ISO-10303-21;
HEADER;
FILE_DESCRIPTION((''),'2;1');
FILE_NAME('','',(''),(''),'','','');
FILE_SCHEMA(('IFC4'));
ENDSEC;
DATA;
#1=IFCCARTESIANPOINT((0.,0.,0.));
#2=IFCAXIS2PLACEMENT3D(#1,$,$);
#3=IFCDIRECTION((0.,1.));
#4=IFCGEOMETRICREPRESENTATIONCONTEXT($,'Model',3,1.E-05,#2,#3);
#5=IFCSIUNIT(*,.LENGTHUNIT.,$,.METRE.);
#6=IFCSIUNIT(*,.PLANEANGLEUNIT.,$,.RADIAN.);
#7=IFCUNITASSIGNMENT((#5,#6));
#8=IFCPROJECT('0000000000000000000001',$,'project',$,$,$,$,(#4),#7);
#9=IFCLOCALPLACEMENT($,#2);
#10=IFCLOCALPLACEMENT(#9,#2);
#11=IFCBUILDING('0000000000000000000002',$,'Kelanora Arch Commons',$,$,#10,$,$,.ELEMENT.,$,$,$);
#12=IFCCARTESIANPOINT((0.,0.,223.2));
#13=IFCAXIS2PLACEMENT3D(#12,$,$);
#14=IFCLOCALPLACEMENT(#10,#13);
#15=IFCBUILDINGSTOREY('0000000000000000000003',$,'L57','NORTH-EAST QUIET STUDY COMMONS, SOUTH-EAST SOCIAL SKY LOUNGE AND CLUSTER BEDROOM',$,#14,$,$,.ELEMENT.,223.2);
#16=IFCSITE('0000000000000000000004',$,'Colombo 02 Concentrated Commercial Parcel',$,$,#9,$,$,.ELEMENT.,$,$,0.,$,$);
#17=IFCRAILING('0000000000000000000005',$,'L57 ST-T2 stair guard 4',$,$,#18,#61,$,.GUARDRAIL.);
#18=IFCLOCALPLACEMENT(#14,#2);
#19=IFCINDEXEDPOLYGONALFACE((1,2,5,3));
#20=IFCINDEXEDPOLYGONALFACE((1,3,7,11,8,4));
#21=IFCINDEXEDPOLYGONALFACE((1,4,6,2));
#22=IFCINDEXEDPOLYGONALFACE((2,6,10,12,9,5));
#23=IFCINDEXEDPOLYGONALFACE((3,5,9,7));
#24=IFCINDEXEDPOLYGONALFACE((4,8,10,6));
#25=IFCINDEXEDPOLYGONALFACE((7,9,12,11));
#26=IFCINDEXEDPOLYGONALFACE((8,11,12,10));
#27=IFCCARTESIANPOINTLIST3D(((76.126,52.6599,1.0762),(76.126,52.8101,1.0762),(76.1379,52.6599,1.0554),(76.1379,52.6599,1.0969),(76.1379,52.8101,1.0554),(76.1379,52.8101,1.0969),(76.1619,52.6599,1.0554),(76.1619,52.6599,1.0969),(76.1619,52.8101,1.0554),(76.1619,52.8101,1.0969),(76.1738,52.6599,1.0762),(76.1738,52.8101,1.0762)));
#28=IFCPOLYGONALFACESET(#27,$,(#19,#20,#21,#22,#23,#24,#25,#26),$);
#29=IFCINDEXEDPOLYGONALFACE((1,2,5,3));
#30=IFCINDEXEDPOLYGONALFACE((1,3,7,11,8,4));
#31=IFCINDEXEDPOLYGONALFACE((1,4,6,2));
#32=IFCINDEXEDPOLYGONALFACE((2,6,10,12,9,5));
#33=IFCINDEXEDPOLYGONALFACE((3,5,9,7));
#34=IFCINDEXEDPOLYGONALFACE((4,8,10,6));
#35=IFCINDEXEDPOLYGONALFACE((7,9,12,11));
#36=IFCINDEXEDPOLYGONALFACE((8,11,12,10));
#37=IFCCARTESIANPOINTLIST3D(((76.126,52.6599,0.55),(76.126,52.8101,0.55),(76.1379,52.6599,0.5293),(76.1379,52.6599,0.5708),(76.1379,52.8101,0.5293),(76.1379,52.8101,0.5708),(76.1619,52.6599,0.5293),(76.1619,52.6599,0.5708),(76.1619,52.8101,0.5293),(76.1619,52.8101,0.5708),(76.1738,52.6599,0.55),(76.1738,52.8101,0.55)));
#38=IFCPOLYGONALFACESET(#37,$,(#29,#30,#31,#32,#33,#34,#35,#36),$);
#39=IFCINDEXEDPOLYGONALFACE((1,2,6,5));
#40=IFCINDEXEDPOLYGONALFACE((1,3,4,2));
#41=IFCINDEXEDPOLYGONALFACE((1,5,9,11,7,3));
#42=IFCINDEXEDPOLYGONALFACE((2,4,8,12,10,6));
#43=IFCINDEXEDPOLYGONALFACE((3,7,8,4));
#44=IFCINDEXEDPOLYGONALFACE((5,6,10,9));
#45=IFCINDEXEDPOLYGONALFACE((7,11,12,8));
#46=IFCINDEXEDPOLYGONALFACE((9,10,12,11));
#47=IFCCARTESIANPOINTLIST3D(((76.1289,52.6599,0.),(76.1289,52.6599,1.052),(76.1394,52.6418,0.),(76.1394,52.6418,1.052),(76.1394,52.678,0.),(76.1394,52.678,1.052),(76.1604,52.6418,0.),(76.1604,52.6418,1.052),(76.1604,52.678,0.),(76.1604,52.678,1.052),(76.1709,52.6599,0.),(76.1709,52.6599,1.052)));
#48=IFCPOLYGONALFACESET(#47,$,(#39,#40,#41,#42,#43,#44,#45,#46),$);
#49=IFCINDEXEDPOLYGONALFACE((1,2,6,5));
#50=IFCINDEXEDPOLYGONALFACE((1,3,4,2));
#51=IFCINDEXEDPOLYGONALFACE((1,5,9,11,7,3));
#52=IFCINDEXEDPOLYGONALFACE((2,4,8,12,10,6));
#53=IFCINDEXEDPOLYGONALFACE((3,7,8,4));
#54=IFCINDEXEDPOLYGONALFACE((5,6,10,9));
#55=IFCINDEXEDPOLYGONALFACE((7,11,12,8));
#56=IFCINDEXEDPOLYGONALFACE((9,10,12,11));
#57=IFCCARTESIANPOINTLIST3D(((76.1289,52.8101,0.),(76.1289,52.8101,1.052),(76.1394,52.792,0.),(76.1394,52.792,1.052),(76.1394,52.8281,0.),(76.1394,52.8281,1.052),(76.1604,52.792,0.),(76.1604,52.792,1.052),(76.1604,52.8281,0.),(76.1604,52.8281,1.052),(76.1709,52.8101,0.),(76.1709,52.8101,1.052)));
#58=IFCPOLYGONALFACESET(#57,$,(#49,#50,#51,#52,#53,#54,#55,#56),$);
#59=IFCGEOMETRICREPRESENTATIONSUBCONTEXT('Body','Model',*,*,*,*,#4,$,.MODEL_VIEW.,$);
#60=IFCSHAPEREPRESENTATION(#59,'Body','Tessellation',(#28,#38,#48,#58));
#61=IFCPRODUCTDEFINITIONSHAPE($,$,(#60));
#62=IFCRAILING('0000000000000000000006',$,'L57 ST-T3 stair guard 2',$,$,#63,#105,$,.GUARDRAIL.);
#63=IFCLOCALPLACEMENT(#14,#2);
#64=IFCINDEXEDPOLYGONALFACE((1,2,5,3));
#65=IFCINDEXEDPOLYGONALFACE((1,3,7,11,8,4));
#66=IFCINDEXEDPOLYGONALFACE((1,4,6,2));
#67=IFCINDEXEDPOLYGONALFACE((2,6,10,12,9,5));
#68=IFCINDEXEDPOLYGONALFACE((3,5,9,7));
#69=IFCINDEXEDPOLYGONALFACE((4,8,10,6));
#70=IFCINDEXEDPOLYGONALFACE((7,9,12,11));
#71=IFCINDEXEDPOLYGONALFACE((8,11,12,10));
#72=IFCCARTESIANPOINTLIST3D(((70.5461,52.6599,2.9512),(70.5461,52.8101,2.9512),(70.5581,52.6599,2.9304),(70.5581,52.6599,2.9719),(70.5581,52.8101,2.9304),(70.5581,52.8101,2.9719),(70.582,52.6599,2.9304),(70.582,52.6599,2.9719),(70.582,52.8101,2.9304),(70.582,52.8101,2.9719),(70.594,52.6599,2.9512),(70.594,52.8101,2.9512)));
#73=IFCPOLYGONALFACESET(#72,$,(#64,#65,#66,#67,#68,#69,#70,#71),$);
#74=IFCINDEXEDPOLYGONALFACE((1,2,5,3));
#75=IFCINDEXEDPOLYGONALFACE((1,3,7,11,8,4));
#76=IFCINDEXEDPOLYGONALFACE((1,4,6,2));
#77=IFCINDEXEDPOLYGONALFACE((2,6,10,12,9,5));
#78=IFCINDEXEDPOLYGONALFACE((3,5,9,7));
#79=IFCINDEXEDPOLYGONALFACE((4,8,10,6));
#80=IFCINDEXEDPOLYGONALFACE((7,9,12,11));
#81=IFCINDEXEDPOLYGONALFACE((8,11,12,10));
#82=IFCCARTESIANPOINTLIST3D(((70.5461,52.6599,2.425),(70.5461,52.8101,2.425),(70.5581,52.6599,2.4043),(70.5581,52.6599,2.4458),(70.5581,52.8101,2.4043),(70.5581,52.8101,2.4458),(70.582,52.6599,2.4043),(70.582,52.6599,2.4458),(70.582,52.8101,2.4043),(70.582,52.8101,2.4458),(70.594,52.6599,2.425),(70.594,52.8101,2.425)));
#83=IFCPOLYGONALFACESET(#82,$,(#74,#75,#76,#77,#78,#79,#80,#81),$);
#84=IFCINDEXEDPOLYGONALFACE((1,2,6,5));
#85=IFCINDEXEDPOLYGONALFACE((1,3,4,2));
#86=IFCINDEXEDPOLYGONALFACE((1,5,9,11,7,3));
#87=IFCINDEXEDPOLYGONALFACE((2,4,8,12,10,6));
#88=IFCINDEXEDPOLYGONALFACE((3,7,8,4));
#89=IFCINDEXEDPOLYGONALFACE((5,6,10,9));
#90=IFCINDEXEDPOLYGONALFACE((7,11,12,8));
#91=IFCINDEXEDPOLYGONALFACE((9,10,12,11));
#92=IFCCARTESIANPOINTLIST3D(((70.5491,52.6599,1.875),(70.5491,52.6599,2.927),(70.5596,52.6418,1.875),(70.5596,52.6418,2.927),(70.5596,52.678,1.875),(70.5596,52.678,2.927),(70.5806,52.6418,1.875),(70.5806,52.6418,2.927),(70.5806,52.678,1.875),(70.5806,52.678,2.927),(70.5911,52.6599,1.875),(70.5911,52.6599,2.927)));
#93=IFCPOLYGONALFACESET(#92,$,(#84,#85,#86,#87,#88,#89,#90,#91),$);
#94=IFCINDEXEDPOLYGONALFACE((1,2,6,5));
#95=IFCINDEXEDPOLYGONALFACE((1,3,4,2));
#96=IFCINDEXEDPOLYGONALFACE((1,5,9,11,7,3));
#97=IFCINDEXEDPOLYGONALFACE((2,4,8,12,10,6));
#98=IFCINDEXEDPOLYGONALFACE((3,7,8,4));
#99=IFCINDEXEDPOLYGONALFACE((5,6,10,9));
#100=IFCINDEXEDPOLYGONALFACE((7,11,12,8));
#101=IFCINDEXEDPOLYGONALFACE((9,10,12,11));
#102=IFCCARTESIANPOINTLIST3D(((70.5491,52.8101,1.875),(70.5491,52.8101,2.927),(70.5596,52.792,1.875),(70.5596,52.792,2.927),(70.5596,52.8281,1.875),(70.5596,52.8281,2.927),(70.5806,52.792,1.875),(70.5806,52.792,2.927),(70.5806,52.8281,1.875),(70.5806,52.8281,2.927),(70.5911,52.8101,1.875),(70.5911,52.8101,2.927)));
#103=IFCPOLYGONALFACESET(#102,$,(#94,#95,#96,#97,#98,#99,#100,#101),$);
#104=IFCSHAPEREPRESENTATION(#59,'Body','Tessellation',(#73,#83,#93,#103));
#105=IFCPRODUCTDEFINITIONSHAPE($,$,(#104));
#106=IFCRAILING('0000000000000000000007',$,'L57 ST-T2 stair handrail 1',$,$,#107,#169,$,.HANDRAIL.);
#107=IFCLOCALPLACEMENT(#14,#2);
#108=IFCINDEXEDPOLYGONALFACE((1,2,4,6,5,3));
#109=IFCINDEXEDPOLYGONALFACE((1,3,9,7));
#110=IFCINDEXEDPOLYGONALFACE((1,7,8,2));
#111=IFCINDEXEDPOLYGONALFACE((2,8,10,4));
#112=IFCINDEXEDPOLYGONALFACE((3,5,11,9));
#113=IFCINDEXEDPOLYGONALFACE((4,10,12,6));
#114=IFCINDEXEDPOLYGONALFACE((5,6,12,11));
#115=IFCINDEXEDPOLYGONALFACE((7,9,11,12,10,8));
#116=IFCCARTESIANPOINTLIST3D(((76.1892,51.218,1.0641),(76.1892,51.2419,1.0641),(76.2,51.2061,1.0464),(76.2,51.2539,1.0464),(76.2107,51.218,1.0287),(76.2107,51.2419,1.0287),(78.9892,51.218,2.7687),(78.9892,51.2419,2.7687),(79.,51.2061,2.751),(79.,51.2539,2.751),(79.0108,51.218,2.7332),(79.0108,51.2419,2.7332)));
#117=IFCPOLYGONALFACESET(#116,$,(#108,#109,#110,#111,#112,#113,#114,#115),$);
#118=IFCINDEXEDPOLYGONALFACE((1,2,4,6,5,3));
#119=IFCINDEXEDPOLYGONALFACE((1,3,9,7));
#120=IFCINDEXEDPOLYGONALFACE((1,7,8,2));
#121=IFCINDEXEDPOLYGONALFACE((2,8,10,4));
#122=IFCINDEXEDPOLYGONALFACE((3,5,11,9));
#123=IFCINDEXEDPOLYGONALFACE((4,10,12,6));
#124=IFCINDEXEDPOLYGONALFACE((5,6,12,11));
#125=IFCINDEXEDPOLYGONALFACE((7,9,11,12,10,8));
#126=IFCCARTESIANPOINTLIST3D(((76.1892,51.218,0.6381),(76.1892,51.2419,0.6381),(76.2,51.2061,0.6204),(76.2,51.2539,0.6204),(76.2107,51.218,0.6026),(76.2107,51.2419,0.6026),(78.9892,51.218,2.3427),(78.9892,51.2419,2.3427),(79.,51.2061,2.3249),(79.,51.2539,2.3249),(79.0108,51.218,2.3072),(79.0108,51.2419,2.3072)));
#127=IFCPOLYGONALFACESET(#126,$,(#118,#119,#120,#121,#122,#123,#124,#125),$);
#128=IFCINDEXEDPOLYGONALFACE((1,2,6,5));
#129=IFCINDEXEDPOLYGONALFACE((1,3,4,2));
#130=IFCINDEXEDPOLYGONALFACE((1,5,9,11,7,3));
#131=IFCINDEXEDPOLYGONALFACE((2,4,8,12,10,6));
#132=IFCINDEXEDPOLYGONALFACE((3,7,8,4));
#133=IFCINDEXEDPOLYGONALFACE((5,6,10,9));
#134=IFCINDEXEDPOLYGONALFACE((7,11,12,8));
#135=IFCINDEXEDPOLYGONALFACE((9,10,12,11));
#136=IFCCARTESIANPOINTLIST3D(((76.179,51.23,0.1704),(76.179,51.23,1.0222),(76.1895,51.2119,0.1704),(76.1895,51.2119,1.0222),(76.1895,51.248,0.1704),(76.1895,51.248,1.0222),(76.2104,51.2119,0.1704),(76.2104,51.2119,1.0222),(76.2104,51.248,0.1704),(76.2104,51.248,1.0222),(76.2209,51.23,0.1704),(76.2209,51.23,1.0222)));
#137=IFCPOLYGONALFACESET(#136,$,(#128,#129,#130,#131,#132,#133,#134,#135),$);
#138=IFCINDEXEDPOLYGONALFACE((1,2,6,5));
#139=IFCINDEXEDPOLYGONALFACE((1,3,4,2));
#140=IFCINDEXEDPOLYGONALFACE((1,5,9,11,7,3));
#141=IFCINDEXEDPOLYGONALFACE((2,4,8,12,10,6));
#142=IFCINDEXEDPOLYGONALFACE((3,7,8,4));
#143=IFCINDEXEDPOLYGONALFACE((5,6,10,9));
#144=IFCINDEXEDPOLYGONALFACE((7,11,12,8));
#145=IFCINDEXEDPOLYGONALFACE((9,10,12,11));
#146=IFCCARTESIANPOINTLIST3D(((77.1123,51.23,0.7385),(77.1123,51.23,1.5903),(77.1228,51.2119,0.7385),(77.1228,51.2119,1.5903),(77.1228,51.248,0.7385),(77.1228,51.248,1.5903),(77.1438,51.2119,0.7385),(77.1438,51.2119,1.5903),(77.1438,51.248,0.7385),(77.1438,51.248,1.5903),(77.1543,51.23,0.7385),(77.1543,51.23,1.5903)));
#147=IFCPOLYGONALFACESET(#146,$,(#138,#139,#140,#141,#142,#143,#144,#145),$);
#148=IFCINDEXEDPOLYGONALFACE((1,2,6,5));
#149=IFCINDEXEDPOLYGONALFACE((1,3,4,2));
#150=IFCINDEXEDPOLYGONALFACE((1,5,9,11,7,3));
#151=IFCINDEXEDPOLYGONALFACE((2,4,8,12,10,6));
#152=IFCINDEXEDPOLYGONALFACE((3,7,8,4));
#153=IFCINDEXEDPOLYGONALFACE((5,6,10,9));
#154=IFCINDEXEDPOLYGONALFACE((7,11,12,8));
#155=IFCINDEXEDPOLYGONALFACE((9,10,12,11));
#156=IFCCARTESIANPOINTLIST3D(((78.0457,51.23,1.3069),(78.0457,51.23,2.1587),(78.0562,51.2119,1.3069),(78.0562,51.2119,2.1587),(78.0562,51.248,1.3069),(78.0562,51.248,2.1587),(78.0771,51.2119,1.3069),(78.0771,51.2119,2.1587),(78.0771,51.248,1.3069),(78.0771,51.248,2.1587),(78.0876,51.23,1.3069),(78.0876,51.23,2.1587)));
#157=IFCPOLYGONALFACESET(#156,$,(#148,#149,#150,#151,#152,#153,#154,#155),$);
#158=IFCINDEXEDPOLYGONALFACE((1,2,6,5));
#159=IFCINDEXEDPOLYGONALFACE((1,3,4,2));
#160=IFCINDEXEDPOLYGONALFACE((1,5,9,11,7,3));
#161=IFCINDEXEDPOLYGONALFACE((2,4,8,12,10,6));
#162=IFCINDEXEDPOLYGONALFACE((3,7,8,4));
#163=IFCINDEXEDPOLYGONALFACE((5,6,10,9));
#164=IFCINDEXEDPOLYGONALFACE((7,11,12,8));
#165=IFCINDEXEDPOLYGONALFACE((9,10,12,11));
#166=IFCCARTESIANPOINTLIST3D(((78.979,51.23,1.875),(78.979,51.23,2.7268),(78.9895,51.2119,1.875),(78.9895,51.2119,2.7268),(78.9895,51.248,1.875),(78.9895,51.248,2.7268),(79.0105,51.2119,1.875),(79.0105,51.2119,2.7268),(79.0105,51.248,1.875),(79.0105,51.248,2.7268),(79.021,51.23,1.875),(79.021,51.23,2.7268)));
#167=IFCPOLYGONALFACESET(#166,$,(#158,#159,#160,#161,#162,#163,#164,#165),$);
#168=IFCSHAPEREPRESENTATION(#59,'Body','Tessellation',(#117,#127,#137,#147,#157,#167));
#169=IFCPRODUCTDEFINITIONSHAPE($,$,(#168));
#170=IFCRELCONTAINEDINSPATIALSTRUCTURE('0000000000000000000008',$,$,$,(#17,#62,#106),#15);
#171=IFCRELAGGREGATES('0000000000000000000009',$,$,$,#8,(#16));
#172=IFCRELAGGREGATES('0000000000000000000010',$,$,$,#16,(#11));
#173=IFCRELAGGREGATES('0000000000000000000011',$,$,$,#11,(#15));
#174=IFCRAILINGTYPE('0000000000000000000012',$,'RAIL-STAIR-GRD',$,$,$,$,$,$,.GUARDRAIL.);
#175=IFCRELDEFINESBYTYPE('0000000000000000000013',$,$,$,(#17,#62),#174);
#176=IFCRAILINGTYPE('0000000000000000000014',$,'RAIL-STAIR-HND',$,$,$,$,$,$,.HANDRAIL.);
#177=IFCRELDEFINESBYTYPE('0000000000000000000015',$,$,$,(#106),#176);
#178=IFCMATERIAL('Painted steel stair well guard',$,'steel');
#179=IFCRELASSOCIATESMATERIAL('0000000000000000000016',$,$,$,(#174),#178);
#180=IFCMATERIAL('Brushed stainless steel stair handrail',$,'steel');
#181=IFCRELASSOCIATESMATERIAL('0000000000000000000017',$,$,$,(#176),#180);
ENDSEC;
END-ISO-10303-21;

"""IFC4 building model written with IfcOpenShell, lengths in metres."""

from ifc_helpers import new_model, si_unit, direction, frame, origin, place, context, subcontext, project, spatial, polyline, outline, extrude, material, type_object, element, save


model = new_model("IFC4")

# Units and contexts
model_context = context("Model", 3, precision=1e-05, world=origin(), true_north=direction((0.0, 1.0)))
body_context = subcontext(model_context, "Body", "Model", "MODEL_VIEW")
ifc_project = project(units=[si_unit("LENGTHUNIT", "METRE"), si_unit("PLANEANGLEUNIT", "RADIAN")], contexts=[model_context])

# Site, building, storey
site_placement = place(None, origin())
site = spatial("IfcSite", under=ifc_project, at=site_placement, Name="Colombo 02 Concentrated Commercial Parcel", CompositionType="ELEMENT", RefElevation=0.0)
building_placement = place(site_placement, origin())
building = spatial("IfcBuilding", under=site, at=building_placement, Name="Kelanora Arch Commons", CompositionType="ELEMENT")
storey_placement = place(building_placement, frame((0.0, 0.0, 223.2)))
storey = spatial("IfcBuildingStorey", under=building, at=storey_placement, Name="L57", Description="NORTH-EAST QUIET STUDY COMMONS, SOUTH-EAST SOCIAL SKY LOUNGE AND CLUSTER BEDROOM", CompositionType="ELEMENT", Elevation=223.2)

# Railings
ifc_material_1 = material(Name="Painted steel stair well guard", Category="steel")
railing_type_1 = type_object("IfcRailingType", Name="RAIL-STAIR-GRD", PredefinedType="GUARDRAIL", material=ifc_material_1)
for number, where, name in (
    (1, (76.1499, 52.6599, 0.0), "L57 ST-T2 stair guard 4"),
    (2, (70.5701, 52.6599, 1.875), "L57 ST-T3 stair guard 2"),
):
    element("IfcRailing", number, at=place(storey_placement, frame(where)), inside=storey, type_object=railing_type_1, Name=name, PredefinedType="GUARDRAIL", context=body_context, shape_type="SweptSolid", body=[
        extrude(outline(polyline([(0.0239, 0.0), (0.012, 0.0208), (-0.012, 0.0208), (-0.0239, 0.0), (-0.012, -0.0208), (0.012, -0.0208), (0.0239, 0.0)])), frame((0.0, 0.0, 1.0762), z_axis=(0.0, 1.0, 0.0), x_axis=(-1.0, 0.0, 0.0)), (0.0, 0.0, 1.0), 0.1501),
        extrude(outline(polyline([(0.0239, 0.0), (0.012, 0.0208), (-0.012, 0.0208), (-0.0239, 0.0), (-0.012, -0.0208), (0.012, -0.0208), (0.0239, 0.0)])), frame((0.0, 0.0, 0.55), z_axis=(0.0, 1.0, 0.0), x_axis=(-1.0, 0.0, 0.0)), (0.0, 0.0, 1.0), 0.1501),
        extrude(outline(polyline([(0.021, 0.0), (0.0105, 0.0181), (-0.0105, 0.0181), (-0.021, 0.0), (-0.0105, -0.0181), (0.0105, -0.0181), (0.021, 0.0)])), origin(), (0.0, 0.0, 1.0), 1.052),
        extrude(outline(polyline([(0.021, 0.0), (0.0105, 0.0181), (-0.0105, 0.0181), (-0.021, 0.0), (-0.0105, -0.0181), (0.0105, -0.0181), (0.021, 0.0)])), frame((0.0, 0.1501, 0.0)), (0.0, 0.0, 1.0), 1.052),
    ])
ifc_material_2 = material(Name="Brushed stainless steel stair handrail", Category="steel")
railing_type_2 = type_object("IfcRailingType", Name="RAIL-STAIR-HND", PredefinedType="HANDRAIL", material=ifc_material_2)
railing_1_placement = place(storey_placement, frame((76.2, 51.23, 0.1704)))
element("IfcRailing", 3, at=railing_1_placement, inside=storey, type_object=railing_type_2, Name="L57 ST-T2 stair handrail 1", PredefinedType="HANDRAIL", context=body_context, shape_type="SweptSolid", body=[
    extrude(outline(polyline([(0.0239, 0.0), (0.012, 0.0208), (-0.012, 0.0208), (-0.0239, 0.0), (-0.012, -0.0208), (0.012, -0.0208), (0.0239, 0.0)])), frame((0.0, 0.0, 0.876), z_axis=(0.85417, 0.0, 0.519994), x_axis=(0.0, 1.0, 0.0)), (0.0, 0.0, 1.0), 3.2781),
    extrude(outline(polyline([(0.0239, 0.0), (0.012, 0.0208), (-0.012, 0.0208), (-0.0239, 0.0), (-0.012, -0.0208), (0.012, -0.0208), (0.0239, 0.0)])), frame((0.0, 0.0, 0.45), z_axis=(0.85417, 0.0, 0.519994), x_axis=(0.0, 1.0, 0.0)), (0.0, 0.0, 1.0), 3.2781),
    extrude(outline(polyline([(0.021, 0.0), (0.0105, 0.0181), (-0.0105, 0.0181), (-0.021, 0.0), (-0.0105, -0.0181), (0.0105, -0.0181), (0.021, 0.0)])), origin(), (0.0, 0.0, 1.0), 0.8518),
    extrude(outline(polyline([(0.021, 0.0), (0.0105, 0.0181), (-0.0105, 0.0181), (-0.021, 0.0), (-0.0105, -0.0181), (0.0105, -0.0181), (0.021, 0.0)])), frame((0.9333, 0.0, 0.5681)), (0.0, 0.0, 1.0), 0.8518),
    extrude(outline(polyline([(0.021, 0.0), (0.0105, 0.0181), (-0.0105, 0.0181), (-0.021, 0.0), (-0.0105, -0.0181), (0.0105, -0.0181), (0.021, 0.0)])), frame((1.8667, 0.0, 1.1365)), (0.0, 0.0, 1.0), 0.8518),
    extrude(outline(polyline([(0.021, 0.0), (0.0105, 0.0181), (-0.0105, 0.0181), (-0.021, 0.0), (-0.0105, -0.0181), (0.0105, -0.0181), (0.021, 0.0)])), frame((2.8, 0.0, 1.7046)), (0.0, 0.0, 1.0), 0.8518),
])

save(model, "model.ifc")
